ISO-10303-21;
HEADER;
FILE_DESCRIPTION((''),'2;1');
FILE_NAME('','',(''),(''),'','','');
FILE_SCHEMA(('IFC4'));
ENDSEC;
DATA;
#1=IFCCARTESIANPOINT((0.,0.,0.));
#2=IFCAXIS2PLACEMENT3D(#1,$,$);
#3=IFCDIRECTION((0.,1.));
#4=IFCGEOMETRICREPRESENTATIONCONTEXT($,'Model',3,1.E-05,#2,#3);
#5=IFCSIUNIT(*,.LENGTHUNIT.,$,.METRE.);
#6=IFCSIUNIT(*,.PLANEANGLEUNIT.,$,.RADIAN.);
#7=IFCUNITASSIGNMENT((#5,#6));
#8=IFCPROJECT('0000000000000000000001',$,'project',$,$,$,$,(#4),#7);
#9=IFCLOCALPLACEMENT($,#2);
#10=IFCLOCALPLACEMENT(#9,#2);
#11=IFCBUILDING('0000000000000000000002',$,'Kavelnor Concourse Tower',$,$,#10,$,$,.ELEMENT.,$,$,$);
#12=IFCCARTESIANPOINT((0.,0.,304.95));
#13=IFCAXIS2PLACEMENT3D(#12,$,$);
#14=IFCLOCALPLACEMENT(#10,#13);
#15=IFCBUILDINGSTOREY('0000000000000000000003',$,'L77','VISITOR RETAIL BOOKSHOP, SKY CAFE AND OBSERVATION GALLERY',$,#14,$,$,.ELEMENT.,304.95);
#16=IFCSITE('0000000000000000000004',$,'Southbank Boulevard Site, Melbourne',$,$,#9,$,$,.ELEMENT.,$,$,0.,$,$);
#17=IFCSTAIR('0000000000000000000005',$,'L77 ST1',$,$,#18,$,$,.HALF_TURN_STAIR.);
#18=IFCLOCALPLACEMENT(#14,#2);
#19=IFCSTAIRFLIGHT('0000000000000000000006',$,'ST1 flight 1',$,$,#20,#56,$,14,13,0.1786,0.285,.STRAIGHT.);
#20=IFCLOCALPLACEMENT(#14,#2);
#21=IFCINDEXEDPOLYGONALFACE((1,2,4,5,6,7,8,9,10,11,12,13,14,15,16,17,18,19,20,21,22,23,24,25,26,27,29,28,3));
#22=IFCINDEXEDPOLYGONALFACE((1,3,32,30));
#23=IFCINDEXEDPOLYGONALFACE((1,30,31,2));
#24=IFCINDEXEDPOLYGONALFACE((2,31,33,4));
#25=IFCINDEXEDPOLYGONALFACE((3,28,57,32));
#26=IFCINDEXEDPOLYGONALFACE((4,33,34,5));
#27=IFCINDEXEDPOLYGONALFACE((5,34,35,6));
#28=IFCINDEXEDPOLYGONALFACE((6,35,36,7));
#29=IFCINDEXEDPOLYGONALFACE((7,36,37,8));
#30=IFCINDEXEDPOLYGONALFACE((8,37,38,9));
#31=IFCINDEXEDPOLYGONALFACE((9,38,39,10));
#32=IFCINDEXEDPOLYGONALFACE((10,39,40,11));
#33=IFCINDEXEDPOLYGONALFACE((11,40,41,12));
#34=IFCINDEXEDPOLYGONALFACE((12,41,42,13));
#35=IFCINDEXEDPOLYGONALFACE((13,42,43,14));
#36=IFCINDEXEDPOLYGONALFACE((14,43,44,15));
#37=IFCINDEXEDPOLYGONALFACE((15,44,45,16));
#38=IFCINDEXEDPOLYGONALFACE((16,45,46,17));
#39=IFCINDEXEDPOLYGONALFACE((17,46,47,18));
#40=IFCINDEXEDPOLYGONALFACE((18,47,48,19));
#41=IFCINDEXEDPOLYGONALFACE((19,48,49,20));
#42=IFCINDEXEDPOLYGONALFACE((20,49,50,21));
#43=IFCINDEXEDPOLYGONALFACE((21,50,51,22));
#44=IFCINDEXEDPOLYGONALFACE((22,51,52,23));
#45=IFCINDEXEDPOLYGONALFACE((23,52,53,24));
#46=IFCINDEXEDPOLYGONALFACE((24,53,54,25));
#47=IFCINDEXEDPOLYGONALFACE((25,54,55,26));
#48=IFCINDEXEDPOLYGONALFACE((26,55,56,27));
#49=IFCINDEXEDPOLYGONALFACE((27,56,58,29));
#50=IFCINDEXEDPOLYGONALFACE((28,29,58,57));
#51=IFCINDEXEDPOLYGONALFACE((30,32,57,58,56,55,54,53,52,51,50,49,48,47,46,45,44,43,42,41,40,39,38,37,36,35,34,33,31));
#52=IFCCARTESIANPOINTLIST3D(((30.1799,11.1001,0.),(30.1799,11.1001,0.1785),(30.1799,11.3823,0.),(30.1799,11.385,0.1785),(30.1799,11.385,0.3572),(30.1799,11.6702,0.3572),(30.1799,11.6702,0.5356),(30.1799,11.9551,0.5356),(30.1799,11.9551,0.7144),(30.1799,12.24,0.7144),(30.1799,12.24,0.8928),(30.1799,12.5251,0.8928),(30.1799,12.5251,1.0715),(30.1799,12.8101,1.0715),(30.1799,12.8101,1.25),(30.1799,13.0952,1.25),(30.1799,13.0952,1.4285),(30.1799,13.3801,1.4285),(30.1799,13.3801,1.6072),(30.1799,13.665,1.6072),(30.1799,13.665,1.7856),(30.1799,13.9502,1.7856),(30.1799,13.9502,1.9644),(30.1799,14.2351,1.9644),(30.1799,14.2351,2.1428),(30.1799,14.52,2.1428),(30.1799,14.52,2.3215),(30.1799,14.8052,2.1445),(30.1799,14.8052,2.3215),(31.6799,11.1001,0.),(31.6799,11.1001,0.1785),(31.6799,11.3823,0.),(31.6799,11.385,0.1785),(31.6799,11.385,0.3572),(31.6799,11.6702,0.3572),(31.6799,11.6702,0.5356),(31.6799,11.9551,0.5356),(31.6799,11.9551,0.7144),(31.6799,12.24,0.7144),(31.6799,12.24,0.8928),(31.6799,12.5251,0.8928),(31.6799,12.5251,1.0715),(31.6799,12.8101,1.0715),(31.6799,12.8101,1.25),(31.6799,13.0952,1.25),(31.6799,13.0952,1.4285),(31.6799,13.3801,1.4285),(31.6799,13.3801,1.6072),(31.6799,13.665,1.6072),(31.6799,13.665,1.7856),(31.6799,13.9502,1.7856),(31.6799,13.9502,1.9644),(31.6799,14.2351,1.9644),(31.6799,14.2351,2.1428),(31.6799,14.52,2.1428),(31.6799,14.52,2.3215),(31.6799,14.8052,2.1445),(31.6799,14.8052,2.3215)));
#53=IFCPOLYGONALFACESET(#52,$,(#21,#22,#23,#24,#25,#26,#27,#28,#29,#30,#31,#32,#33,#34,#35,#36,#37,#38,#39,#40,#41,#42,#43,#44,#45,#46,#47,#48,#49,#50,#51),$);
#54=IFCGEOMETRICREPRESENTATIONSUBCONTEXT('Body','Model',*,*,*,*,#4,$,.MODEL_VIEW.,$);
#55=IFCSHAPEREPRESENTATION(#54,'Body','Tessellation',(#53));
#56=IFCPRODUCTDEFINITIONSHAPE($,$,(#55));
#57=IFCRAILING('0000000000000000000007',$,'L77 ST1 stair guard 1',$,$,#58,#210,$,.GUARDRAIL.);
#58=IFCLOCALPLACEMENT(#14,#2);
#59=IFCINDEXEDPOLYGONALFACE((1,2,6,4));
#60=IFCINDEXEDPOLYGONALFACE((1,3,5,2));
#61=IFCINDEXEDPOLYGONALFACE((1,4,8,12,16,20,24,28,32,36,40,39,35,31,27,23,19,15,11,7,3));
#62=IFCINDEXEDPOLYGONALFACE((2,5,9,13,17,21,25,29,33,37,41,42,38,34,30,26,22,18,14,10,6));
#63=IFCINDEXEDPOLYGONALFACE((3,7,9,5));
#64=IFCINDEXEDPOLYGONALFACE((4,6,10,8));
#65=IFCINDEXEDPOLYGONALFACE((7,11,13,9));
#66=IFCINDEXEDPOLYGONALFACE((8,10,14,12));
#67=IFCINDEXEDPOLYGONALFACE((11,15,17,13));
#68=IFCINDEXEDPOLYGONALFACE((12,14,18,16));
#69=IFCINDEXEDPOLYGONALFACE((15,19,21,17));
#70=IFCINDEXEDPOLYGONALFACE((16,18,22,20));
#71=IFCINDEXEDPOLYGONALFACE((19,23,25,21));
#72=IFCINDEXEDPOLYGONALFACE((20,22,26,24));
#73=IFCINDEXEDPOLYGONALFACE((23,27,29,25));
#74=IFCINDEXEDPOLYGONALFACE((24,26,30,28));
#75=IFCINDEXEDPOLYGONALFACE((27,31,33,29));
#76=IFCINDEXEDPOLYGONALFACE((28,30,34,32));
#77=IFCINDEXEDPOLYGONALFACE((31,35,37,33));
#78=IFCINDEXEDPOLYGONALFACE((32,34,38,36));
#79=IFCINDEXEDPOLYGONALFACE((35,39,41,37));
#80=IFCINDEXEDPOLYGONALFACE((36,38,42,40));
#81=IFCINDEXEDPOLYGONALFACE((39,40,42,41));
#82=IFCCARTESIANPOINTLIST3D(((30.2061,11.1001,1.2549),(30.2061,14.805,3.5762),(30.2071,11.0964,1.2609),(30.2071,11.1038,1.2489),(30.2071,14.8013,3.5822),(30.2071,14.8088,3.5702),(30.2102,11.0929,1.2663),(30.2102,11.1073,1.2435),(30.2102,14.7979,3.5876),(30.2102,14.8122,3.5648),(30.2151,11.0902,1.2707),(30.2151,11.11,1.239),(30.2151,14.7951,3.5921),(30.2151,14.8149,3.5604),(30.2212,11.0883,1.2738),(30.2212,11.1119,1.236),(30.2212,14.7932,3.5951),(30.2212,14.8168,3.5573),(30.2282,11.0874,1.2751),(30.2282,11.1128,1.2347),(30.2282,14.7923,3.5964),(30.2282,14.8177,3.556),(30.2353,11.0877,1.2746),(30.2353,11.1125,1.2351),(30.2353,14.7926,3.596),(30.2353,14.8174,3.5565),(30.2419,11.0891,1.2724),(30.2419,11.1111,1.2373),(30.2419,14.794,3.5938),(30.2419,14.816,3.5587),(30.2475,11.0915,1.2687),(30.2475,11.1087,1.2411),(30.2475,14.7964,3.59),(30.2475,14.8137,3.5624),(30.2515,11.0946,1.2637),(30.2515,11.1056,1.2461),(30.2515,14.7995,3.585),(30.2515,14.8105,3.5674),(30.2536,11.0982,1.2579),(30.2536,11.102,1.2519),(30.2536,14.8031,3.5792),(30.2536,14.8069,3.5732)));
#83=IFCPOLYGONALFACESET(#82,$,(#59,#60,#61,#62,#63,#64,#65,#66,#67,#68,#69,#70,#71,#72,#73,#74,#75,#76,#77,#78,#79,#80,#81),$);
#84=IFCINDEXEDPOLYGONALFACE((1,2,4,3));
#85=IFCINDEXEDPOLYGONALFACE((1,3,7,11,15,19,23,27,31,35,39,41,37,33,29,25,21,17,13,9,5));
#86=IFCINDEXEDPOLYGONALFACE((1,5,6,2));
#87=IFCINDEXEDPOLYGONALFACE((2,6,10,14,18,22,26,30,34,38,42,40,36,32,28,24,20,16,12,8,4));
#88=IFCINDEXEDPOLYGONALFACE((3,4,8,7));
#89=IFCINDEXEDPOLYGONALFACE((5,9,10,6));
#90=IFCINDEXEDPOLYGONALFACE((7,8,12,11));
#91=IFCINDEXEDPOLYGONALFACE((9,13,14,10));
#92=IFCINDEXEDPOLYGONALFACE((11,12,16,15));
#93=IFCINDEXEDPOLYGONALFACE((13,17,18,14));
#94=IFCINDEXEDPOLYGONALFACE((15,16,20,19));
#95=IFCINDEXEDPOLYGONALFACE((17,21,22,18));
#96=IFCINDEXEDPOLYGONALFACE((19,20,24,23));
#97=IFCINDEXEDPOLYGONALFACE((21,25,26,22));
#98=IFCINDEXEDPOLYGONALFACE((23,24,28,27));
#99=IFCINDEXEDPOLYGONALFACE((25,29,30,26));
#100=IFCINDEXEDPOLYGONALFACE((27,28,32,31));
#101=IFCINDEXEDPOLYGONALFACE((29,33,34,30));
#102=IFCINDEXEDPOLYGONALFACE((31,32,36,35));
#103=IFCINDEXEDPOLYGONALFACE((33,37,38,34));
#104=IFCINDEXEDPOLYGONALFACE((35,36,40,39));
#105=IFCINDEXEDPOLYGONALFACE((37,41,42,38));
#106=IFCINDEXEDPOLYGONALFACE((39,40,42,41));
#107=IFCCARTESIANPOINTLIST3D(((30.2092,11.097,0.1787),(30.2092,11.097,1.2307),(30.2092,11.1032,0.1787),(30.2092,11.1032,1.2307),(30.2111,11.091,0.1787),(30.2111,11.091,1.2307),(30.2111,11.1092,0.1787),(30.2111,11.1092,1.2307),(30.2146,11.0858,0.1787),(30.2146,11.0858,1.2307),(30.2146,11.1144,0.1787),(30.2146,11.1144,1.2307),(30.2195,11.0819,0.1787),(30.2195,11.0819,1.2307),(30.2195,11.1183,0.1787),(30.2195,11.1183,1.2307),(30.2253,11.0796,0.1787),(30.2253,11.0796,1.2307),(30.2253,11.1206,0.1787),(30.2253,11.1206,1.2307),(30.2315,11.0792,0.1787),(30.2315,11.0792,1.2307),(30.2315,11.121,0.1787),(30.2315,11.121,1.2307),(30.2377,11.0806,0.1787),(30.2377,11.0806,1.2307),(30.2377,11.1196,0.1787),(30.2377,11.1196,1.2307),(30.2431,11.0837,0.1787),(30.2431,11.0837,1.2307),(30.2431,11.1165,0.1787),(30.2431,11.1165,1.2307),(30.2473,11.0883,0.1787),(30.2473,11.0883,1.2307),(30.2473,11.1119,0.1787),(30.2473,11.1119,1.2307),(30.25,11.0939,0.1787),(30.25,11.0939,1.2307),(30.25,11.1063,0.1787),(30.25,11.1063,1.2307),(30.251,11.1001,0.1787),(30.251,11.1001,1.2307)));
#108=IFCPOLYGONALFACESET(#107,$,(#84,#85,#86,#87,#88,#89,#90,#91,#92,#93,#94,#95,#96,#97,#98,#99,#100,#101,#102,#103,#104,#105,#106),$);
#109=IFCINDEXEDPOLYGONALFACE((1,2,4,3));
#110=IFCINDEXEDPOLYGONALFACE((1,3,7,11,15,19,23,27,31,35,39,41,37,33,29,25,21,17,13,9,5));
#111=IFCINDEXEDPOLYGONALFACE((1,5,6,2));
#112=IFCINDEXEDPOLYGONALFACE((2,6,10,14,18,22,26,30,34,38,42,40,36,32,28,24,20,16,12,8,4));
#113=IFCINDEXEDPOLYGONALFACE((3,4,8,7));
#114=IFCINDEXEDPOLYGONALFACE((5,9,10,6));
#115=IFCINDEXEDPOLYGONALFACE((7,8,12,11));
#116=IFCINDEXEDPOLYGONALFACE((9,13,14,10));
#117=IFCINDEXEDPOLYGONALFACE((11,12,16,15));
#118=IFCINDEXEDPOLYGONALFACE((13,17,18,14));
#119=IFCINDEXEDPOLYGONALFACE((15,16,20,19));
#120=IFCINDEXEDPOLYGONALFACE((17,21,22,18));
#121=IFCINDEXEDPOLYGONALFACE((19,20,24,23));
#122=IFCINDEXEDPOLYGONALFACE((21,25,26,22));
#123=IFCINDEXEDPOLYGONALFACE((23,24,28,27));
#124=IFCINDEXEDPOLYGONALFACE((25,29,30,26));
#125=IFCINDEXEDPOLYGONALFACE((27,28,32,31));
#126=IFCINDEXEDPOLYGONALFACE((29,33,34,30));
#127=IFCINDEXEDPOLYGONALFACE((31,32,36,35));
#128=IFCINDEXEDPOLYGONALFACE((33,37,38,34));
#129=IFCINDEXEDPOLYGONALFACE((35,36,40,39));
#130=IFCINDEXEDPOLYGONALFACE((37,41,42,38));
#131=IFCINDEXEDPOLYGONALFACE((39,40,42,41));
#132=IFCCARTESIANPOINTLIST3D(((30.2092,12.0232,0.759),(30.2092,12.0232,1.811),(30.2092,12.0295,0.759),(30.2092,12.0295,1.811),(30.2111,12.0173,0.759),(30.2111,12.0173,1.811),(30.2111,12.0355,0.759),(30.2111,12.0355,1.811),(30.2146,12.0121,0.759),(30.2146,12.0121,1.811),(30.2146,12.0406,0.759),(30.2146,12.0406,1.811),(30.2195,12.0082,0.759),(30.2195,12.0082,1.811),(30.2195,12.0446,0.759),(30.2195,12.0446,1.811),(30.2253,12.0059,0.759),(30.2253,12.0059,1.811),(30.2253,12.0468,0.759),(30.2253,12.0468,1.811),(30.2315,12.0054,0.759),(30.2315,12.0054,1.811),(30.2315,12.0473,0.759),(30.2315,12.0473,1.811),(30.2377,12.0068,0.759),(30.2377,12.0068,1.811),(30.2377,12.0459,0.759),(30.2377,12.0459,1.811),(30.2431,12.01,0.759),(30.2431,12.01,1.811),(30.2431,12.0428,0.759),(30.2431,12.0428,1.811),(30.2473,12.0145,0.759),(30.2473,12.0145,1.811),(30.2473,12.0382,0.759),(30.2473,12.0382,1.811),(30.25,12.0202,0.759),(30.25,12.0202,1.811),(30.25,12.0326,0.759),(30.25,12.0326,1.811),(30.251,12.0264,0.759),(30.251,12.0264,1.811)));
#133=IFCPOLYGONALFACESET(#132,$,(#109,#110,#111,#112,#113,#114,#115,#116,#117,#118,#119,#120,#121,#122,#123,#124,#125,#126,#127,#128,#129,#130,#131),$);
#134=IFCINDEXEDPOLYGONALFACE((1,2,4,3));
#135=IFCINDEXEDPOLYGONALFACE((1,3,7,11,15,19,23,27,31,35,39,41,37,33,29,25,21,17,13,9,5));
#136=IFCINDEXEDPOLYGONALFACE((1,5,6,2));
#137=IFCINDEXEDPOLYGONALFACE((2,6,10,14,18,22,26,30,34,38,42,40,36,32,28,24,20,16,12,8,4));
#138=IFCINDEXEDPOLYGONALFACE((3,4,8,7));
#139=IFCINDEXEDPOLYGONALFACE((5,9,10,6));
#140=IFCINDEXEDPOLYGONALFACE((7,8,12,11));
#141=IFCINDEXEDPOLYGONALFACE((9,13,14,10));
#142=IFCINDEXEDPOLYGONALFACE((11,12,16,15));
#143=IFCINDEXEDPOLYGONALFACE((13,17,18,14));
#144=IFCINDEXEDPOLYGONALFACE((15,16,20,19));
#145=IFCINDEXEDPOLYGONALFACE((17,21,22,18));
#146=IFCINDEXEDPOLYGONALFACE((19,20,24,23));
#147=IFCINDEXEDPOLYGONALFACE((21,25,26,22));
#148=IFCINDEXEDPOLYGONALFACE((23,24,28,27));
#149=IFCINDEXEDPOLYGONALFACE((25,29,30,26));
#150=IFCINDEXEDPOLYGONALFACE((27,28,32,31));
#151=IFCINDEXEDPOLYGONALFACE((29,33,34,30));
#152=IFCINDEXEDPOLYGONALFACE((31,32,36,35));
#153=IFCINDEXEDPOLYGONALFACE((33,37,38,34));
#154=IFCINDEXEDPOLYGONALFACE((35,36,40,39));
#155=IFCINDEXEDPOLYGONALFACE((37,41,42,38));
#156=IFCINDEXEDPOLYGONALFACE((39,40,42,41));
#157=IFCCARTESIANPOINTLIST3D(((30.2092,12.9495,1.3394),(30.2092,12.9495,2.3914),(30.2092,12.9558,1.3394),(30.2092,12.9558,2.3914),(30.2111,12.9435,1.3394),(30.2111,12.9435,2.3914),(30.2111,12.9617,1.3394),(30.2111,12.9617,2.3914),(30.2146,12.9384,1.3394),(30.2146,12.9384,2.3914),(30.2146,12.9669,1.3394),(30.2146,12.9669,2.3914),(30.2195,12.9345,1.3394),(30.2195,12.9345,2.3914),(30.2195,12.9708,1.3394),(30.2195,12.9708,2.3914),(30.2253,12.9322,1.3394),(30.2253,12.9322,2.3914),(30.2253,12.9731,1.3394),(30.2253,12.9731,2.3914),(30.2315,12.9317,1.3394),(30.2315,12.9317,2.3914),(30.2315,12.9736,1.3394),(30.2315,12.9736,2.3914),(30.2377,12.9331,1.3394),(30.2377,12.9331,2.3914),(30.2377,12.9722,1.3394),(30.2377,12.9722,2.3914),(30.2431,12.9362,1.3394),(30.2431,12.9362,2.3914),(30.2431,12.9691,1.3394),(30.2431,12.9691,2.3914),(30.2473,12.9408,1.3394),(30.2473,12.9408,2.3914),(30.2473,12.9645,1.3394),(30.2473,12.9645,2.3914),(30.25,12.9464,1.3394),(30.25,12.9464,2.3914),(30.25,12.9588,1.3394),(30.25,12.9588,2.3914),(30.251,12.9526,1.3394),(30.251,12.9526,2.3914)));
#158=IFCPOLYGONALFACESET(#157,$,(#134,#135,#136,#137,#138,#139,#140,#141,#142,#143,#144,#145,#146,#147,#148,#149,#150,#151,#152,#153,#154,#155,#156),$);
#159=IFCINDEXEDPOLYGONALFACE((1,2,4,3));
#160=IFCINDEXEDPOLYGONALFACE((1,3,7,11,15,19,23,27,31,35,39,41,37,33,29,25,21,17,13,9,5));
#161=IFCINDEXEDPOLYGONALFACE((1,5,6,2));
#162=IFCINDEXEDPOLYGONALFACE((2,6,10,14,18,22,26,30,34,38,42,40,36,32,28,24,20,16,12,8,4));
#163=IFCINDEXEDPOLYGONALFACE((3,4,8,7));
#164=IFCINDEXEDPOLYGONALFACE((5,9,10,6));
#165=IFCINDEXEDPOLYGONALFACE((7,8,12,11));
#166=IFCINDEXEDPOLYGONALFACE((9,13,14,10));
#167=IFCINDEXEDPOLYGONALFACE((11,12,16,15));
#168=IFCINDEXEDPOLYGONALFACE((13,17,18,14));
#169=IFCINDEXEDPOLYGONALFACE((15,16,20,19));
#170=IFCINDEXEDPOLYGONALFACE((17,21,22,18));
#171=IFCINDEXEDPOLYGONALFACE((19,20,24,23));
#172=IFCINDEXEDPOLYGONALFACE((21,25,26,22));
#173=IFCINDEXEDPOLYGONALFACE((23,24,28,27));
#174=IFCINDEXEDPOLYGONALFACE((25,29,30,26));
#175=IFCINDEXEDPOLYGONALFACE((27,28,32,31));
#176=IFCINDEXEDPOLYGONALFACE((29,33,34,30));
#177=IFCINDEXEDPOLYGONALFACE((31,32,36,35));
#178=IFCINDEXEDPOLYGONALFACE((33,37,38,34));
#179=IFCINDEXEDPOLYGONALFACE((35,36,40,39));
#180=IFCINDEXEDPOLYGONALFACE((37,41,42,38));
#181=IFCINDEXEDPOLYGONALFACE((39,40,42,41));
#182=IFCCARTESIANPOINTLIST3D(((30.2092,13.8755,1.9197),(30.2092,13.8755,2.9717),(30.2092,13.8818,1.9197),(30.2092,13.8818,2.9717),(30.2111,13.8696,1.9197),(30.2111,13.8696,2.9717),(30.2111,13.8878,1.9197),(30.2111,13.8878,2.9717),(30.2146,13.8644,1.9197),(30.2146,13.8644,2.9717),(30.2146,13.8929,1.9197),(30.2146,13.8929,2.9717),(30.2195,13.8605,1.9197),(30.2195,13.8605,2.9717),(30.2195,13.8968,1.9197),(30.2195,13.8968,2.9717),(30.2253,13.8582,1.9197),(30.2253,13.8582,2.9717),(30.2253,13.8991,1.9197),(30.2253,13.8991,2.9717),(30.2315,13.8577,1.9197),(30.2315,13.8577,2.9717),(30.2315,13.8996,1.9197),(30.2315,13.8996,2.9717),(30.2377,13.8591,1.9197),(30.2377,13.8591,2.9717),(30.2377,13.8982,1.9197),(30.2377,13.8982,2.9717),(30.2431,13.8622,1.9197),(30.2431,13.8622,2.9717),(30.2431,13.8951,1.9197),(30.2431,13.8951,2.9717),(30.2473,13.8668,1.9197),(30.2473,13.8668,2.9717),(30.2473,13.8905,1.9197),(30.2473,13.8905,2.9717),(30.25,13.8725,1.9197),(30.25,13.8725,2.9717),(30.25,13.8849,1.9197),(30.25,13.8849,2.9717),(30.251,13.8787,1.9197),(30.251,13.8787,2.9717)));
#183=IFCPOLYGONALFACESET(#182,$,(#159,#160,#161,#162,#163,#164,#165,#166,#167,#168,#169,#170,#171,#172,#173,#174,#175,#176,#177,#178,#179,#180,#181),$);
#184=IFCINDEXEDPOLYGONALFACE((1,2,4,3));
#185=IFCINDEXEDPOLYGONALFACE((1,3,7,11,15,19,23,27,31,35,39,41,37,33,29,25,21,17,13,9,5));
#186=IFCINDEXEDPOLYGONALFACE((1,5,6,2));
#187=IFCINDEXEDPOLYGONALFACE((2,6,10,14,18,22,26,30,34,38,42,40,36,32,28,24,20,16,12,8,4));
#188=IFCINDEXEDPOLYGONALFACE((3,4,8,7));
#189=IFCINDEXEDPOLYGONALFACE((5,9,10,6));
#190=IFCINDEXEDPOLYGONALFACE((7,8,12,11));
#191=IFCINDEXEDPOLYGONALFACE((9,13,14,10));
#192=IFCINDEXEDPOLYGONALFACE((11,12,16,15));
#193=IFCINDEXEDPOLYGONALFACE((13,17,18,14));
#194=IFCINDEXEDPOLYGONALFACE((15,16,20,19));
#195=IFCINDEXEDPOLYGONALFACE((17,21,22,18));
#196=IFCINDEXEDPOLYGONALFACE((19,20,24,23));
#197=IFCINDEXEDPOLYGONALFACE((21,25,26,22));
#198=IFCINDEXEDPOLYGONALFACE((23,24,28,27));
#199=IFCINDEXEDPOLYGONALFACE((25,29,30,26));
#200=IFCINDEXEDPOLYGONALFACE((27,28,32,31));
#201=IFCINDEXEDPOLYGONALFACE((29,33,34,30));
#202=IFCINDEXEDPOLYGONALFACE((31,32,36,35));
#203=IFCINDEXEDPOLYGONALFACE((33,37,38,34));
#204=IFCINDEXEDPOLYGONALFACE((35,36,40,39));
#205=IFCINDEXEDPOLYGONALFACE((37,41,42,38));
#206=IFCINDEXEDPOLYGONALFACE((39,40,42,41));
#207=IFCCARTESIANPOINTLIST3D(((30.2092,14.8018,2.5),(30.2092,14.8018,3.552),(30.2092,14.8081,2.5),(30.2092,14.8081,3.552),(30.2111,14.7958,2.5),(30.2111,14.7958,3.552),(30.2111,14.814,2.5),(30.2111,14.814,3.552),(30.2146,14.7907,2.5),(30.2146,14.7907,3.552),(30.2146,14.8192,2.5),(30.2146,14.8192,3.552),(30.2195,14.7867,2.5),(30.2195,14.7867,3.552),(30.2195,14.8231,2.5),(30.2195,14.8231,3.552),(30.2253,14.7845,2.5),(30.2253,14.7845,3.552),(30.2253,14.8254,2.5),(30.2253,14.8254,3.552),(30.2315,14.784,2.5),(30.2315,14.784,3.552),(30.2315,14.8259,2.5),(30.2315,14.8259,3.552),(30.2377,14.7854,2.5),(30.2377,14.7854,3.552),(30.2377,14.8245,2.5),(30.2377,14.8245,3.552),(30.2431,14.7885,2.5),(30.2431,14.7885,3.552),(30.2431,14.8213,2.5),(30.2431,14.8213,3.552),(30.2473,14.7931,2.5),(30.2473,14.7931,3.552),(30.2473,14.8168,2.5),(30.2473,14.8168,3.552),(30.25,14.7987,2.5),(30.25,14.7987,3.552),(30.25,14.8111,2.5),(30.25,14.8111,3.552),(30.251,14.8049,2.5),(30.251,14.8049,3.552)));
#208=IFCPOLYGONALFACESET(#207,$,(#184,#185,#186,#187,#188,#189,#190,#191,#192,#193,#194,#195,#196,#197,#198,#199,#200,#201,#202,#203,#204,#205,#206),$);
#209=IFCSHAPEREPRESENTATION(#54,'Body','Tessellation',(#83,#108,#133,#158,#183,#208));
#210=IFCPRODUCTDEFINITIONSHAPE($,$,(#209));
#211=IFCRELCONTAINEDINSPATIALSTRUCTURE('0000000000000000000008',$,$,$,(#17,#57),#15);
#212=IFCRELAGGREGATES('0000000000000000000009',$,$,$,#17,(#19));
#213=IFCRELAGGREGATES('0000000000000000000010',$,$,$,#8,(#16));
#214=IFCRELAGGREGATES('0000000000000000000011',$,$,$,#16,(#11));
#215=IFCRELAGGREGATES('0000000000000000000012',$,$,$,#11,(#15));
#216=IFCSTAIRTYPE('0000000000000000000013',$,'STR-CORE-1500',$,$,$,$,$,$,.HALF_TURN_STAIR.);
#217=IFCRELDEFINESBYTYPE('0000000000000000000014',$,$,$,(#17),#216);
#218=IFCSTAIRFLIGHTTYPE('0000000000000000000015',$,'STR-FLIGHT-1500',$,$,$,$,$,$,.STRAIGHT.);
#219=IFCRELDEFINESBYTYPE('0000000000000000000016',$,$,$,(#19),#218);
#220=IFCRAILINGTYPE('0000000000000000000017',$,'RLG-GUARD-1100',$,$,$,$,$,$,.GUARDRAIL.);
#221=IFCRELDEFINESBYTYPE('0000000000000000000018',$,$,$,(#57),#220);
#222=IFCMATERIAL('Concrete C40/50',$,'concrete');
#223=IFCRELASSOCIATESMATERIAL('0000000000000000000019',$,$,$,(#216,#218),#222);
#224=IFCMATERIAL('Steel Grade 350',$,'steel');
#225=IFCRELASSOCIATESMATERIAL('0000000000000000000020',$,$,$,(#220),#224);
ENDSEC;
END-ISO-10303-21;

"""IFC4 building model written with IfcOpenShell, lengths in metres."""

from ifc_helpers import new_model, si_unit, direction, frame, origin, origin_2d, place, context, subcontext, project, spatial, polyline, circle, outline, extrude, material, type_object, element, aggregate, save


model = new_model("IFC4")

# Units and contexts
model_context = context("Model", 3, precision=1e-05, world=origin(), true_north=direction((0.0, 1.0)))
body_context = subcontext(model_context, "Body", "Model", "MODEL_VIEW")
ifc_project = project(units=[si_unit("LENGTHUNIT", "METRE"), si_unit("PLANEANGLEUNIT", "RADIAN")], contexts=[model_context])

# Site, building, storey
site_placement = place(None, origin())
site = spatial("IfcSite", under=ifc_project, at=site_placement, Name="Southbank Boulevard Site, Melbourne", CompositionType="ELEMENT", RefElevation=0.0)
building_placement = place(site_placement, origin())
building = spatial("IfcBuilding", under=site, at=building_placement, Name="Kavelnor Concourse Tower", CompositionType="ELEMENT")
storey_placement = place(building_placement, frame((0.0, 0.0, 304.95)))
storey = spatial("IfcBuildingStorey", under=building, at=storey_placement, Name="L77", Description="VISITOR RETAIL BOOKSHOP, SKY CAFE AND OBSERVATION GALLERY", CompositionType="ELEMENT", Elevation=304.95)

# Shared definitions
ifc_material_1 = material(Name="Steel Grade 350", Category="steel")

# Stair, stair flight
ifc_material_2 = material(Name="Concrete C40/50", Category="concrete")
stair_type = type_object("IfcStairType", Name="STR-CORE-1500", PredefinedType="HALF_TURN_STAIR", material=ifc_material_2)
stair_placement = place(storey_placement, origin())
stair = element("IfcStair", 1, at=stair_placement, inside=storey, type_object=stair_type, Name="L77 ST1", PredefinedType="HALF_TURN_STAIR")
stair_flight_type = type_object("IfcStairFlightType", Name="STR-FLIGHT-1500", PredefinedType="STRAIGHT", material=ifc_material_2)
stair_flight_placement = place(storey_placement, frame((30.9299, 11.1001, 0.0), z_axis=(0.0, 0.0, 1.0), x_axis=(0.0, 1.0, 0.0)))
stair_flight = element("IfcStairFlight", 2, at=stair_flight_placement, type_object=stair_flight_type, Name="ST1 flight 1", NumberOfRisers=14, NumberOfTreads=13, PredefinedType="STRAIGHT", RiserHeight=0.1786, TreadLength=0.285, context=body_context, shape_type="SweptSolid", body=[
    extrude(outline(polyline([(0.0, 0.0), (0.0, 0.1785), (0.2849, 0.1785), (0.2849, 0.3572), (0.5701, 0.3572), (0.5701, 0.5356), (0.855, 0.5356), (0.855, 0.7144), (1.1399, 0.7144), (1.1399, 0.8928), (1.425, 0.8928), (1.425, 1.0715), (1.71, 1.0715), (1.71, 1.25), (1.9951, 1.25), (1.9951, 1.4285), (2.28, 1.4285), (2.28, 1.6072), (2.5649, 1.6072), (2.5649, 1.7856), (2.8501, 1.7856), (2.8501, 1.9644), (3.135, 1.9644), (3.135, 2.1428), (3.4199, 2.1428), (3.4199, 2.3215), (3.7051, 2.3215), (3.7051, 2.5), (3.7051, 2.1445), (0.2822, 0.0), (0.0, 0.0)])), frame((0.0, 0.75, 0.0), z_axis=(0.0, -1.0, 0.0), x_axis=(1.0, 0.0, 0.0)), (0.0, 0.0, 1.0), 1.5),
])
aggregate(stair, [stair_flight])

# Railing
railing_type_1 = type_object("IfcRailingType", Name="RLG-GUARD-1100", PredefinedType="GUARDRAIL", material=ifc_material_1)
railing_1_placement = place(storey_placement, frame((30.23, 11.1001, 0.1787)))
element("IfcRailing", 3, at=railing_1_placement, inside=storey, type_object=railing_type_1, Name="L77 ST1 stair guard 1", PredefinedType="GUARDRAIL", context=body_context, shape_type="SweptSolid", body=[
    extrude(circle(Radius=0.0239, at=origin_2d()), frame((0.0, 0.0, 1.0762), z_axis=(0.0, 0.847405, 0.530947), x_axis=(-1.0, 0.0, 0.0)), (0.0, 0.0, 1.0), 4.3721),
    extrude(circle(Radius=0.021, at=origin_2d()), origin(), (0.0, 0.0, 1.0), 1.052),
    extrude(circle(Radius=0.021, at=origin_2d()), frame((0.0, 0.9263, 0.5803)), (0.0, 0.0, 1.0), 1.052),
    extrude(circle(Radius=0.021, at=origin_2d()), frame((0.0, 1.8525, 1.1606)), (0.0, 0.0, 1.0), 1.052),
    extrude(circle(Radius=0.021, at=origin_2d()), frame((0.0, 2.7786, 1.741)), (0.0, 0.0, 1.0), 1.052),
    extrude(circle(Radius=0.021, at=origin_2d()), frame((0.0, 3.7048, 2.3213)), (0.0, 0.0, 1.0), 1.052),
])

save(model, "model.ifc")
